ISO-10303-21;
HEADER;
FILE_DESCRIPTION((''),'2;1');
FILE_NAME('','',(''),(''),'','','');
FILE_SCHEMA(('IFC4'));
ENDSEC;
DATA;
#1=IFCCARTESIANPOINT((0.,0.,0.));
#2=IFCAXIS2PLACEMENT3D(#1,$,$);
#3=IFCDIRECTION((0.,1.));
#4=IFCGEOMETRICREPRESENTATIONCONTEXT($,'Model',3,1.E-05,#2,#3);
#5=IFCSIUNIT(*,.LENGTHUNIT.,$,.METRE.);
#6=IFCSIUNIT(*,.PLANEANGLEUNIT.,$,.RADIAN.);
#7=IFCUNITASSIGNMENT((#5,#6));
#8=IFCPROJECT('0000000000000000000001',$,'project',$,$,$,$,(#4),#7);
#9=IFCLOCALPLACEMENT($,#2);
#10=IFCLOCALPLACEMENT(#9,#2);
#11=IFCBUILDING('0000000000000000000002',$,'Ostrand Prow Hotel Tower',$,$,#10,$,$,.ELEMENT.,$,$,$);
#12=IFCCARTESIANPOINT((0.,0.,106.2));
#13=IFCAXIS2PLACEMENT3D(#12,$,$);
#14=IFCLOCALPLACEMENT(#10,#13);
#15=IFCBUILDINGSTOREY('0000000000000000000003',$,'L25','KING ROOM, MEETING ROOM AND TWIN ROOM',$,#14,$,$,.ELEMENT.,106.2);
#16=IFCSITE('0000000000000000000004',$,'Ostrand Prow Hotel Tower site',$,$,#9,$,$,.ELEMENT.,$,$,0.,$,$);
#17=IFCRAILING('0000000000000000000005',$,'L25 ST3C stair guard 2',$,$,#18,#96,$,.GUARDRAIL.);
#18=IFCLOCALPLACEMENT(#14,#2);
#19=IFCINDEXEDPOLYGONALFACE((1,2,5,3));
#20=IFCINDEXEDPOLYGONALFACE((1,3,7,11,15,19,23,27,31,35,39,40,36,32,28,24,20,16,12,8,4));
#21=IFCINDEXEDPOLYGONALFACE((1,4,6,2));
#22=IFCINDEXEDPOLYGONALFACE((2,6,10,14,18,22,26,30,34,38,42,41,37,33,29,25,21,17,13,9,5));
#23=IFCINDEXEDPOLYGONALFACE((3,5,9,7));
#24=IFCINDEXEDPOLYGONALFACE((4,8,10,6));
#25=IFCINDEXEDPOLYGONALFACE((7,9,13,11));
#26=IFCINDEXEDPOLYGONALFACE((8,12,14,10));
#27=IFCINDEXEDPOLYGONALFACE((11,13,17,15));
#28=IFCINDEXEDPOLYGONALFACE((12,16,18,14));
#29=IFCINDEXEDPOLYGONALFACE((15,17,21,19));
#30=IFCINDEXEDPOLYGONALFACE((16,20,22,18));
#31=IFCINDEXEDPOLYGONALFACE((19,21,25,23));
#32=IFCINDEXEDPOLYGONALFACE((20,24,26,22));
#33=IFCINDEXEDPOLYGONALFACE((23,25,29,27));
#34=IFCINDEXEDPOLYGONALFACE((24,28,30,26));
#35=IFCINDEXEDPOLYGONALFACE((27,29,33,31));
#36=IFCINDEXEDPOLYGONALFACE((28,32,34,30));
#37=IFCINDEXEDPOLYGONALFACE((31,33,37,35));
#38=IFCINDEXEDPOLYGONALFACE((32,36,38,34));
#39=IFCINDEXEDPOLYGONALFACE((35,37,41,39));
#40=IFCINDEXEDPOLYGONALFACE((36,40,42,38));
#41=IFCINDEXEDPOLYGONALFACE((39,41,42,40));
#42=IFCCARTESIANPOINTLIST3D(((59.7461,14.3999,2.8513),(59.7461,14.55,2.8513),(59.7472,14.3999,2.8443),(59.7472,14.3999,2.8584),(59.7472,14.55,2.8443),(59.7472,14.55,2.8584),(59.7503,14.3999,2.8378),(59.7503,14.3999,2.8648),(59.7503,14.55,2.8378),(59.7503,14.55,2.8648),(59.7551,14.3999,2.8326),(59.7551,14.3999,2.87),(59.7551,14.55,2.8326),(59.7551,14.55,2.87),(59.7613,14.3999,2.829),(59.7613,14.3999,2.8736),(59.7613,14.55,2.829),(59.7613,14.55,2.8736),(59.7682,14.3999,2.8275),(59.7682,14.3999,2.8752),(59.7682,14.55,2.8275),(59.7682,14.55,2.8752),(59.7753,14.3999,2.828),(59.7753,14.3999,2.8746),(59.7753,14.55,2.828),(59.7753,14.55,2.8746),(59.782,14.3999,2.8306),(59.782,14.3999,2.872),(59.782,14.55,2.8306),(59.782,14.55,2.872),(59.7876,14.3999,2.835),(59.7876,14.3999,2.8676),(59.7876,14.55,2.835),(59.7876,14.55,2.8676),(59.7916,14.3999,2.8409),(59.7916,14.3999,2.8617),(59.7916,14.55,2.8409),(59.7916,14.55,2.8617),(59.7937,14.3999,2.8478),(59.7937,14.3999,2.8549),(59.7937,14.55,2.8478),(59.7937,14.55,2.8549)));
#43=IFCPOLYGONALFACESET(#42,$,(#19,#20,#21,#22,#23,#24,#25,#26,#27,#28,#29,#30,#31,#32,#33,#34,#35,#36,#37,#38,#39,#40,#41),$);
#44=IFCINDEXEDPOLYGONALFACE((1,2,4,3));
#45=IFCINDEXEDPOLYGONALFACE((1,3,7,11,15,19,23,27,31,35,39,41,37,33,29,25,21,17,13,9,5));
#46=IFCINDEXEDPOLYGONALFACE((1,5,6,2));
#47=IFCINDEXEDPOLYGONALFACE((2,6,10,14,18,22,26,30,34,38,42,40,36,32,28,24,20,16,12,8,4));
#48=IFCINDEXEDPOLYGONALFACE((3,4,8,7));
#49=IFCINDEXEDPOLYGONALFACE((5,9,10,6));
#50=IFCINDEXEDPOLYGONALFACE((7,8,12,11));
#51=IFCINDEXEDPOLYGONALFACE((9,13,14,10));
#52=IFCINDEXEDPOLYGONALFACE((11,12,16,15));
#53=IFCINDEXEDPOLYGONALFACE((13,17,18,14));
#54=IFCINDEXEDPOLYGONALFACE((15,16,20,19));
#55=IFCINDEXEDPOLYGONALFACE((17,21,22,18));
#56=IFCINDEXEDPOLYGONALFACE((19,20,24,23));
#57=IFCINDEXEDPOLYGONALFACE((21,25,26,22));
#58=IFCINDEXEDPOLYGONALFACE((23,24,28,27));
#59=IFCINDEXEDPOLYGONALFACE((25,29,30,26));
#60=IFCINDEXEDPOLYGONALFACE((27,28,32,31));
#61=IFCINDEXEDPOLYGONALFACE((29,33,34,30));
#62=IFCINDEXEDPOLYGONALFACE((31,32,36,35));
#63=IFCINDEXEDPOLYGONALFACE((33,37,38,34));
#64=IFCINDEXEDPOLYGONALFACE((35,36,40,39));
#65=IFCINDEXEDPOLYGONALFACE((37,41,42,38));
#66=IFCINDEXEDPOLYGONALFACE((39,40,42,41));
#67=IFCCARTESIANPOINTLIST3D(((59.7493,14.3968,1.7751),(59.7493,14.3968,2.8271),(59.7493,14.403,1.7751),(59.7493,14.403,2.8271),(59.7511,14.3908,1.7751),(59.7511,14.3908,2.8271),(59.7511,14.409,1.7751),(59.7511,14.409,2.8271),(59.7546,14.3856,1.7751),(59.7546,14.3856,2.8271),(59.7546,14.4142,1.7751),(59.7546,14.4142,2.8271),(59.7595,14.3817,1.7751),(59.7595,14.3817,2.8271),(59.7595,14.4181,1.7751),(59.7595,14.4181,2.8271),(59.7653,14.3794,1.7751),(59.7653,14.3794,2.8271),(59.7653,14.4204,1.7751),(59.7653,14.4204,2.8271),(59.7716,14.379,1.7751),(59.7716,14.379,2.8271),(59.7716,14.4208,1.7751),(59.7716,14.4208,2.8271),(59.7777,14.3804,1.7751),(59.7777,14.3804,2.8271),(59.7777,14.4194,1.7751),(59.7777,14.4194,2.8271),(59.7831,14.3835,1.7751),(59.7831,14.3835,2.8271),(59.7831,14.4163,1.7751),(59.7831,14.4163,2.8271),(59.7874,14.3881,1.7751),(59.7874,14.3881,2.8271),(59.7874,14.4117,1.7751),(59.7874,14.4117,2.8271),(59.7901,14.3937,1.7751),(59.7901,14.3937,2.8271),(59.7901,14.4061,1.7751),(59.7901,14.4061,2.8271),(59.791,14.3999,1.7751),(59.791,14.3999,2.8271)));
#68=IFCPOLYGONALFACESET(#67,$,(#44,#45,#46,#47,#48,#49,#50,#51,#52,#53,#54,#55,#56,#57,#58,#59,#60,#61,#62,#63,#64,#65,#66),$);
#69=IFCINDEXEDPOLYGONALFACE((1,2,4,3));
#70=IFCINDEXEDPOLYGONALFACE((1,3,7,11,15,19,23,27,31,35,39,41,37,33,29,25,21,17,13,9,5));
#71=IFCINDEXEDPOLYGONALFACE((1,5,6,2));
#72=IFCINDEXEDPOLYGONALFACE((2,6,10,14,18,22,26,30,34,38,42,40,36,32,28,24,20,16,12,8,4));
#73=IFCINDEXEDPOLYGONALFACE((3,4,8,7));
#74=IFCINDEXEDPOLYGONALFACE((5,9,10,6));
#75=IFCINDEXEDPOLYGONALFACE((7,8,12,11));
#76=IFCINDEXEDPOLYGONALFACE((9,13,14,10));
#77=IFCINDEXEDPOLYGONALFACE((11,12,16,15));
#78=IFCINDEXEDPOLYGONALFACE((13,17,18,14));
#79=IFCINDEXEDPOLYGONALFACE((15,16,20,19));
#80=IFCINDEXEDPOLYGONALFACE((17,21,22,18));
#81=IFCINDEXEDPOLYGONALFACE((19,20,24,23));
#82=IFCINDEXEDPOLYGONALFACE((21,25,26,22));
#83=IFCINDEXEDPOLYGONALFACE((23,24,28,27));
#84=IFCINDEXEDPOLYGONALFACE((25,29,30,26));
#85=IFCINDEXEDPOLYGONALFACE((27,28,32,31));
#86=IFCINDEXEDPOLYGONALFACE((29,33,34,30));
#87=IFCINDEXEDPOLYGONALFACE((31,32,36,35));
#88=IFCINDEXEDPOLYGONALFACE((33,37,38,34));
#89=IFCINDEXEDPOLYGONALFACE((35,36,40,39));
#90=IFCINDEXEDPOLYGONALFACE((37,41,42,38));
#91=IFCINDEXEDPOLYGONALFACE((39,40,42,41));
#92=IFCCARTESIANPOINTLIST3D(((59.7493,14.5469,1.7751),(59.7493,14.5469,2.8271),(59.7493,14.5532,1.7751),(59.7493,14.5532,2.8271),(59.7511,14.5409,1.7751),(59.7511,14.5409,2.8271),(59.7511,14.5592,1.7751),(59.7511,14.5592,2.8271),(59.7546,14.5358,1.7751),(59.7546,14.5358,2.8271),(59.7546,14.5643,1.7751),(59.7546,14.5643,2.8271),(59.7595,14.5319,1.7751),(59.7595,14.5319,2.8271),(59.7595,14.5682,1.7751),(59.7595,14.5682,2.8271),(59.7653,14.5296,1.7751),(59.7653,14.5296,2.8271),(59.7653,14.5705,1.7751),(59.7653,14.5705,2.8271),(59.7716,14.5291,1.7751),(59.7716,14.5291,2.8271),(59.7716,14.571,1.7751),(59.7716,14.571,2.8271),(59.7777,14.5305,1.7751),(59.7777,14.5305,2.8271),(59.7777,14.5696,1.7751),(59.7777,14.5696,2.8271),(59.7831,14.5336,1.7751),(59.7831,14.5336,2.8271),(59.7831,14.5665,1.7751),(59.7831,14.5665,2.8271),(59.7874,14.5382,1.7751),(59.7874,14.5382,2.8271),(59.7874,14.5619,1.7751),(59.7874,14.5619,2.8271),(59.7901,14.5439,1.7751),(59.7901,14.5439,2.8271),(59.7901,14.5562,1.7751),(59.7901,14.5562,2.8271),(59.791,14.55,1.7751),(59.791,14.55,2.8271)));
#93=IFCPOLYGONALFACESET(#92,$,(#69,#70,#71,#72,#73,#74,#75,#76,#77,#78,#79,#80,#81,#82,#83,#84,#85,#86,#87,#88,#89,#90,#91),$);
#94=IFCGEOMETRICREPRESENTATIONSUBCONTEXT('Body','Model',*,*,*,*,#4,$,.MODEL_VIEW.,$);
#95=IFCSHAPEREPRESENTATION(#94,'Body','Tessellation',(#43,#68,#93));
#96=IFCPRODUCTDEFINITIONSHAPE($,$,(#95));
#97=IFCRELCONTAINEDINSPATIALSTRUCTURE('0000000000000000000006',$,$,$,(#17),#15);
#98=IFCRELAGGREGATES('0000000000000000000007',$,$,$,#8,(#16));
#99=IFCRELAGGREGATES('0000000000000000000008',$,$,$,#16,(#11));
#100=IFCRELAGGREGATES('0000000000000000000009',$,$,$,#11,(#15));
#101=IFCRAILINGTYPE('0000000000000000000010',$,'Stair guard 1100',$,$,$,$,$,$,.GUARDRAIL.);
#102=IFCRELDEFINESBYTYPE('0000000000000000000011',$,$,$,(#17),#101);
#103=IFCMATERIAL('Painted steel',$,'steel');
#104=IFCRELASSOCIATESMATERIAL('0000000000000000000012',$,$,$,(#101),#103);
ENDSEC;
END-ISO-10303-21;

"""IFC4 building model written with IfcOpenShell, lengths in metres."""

from ifc_helpers import new_model, si_unit, direction, frame, origin, origin_2d, place, context, subcontext, project, spatial, circle, extrude, material, type_object, element, save


model = new_model("IFC4")

# Units and contexts
model_context = context("Model", 3, precision=1e-05, world=origin(), true_north=direction((0.0, 1.0)))
body_context = subcontext(model_context, "Body", "Model", "MODEL_VIEW")
ifc_project = project(units=[si_unit("LENGTHUNIT", "METRE"), si_unit("PLANEANGLEUNIT", "RADIAN")], contexts=[model_context])

# Site, building, storey
site_placement = place(None, origin())
site = spatial("IfcSite", under=ifc_project, at=site_placement, Name="Ostrand Prow Hotel Tower site", CompositionType="ELEMENT", RefElevation=0.0)
building_placement = place(site_placement, origin())
building = spatial("IfcBuilding", under=site, at=building_placement, Name="Ostrand Prow Hotel Tower", CompositionType="ELEMENT")
storey_placement = place(building_placement, frame((0.0, 0.0, 106.2)))
storey = spatial("IfcBuildingStorey", under=building, at=storey_placement, Name="L25", Description="KING ROOM, MEETING ROOM AND TWIN ROOM", CompositionType="ELEMENT", Elevation=106.2)

# Railing
ifc_material_1 = material(Name="Painted steel", Category="steel")
railing_type_1 = type_object("IfcRailingType", Name="Stair guard 1100", PredefinedType="GUARDRAIL", material=ifc_material_1)
railing_1_placement = place(storey_placement, frame((59.77, 14.3999, 1.7751)))
element("IfcRailing", 1, at=railing_1_placement, inside=storey, type_object=railing_type_1, Name="L25 ST3C stair guard 2", PredefinedType="GUARDRAIL", context=body_context, shape_type="SweptSolid", body=[
    extrude(circle(Radius=0.0239, at=origin_2d()), frame((0.0, 0.0, 1.0762), z_axis=(0.0, 1.0, 0.0), x_axis=(-1.0, 0.0, 0.0)), (0.0, 0.0, 1.0), 0.1501),
    extrude(circle(Radius=0.021, at=origin_2d()), origin(), (0.0, 0.0, 1.0), 1.052),
    extrude(circle(Radius=0.021, at=origin_2d()), frame((0.0, 0.1501, 0.0)), (0.0, 0.0, 1.0), 1.052),
])

save(model, "model.ifc")
